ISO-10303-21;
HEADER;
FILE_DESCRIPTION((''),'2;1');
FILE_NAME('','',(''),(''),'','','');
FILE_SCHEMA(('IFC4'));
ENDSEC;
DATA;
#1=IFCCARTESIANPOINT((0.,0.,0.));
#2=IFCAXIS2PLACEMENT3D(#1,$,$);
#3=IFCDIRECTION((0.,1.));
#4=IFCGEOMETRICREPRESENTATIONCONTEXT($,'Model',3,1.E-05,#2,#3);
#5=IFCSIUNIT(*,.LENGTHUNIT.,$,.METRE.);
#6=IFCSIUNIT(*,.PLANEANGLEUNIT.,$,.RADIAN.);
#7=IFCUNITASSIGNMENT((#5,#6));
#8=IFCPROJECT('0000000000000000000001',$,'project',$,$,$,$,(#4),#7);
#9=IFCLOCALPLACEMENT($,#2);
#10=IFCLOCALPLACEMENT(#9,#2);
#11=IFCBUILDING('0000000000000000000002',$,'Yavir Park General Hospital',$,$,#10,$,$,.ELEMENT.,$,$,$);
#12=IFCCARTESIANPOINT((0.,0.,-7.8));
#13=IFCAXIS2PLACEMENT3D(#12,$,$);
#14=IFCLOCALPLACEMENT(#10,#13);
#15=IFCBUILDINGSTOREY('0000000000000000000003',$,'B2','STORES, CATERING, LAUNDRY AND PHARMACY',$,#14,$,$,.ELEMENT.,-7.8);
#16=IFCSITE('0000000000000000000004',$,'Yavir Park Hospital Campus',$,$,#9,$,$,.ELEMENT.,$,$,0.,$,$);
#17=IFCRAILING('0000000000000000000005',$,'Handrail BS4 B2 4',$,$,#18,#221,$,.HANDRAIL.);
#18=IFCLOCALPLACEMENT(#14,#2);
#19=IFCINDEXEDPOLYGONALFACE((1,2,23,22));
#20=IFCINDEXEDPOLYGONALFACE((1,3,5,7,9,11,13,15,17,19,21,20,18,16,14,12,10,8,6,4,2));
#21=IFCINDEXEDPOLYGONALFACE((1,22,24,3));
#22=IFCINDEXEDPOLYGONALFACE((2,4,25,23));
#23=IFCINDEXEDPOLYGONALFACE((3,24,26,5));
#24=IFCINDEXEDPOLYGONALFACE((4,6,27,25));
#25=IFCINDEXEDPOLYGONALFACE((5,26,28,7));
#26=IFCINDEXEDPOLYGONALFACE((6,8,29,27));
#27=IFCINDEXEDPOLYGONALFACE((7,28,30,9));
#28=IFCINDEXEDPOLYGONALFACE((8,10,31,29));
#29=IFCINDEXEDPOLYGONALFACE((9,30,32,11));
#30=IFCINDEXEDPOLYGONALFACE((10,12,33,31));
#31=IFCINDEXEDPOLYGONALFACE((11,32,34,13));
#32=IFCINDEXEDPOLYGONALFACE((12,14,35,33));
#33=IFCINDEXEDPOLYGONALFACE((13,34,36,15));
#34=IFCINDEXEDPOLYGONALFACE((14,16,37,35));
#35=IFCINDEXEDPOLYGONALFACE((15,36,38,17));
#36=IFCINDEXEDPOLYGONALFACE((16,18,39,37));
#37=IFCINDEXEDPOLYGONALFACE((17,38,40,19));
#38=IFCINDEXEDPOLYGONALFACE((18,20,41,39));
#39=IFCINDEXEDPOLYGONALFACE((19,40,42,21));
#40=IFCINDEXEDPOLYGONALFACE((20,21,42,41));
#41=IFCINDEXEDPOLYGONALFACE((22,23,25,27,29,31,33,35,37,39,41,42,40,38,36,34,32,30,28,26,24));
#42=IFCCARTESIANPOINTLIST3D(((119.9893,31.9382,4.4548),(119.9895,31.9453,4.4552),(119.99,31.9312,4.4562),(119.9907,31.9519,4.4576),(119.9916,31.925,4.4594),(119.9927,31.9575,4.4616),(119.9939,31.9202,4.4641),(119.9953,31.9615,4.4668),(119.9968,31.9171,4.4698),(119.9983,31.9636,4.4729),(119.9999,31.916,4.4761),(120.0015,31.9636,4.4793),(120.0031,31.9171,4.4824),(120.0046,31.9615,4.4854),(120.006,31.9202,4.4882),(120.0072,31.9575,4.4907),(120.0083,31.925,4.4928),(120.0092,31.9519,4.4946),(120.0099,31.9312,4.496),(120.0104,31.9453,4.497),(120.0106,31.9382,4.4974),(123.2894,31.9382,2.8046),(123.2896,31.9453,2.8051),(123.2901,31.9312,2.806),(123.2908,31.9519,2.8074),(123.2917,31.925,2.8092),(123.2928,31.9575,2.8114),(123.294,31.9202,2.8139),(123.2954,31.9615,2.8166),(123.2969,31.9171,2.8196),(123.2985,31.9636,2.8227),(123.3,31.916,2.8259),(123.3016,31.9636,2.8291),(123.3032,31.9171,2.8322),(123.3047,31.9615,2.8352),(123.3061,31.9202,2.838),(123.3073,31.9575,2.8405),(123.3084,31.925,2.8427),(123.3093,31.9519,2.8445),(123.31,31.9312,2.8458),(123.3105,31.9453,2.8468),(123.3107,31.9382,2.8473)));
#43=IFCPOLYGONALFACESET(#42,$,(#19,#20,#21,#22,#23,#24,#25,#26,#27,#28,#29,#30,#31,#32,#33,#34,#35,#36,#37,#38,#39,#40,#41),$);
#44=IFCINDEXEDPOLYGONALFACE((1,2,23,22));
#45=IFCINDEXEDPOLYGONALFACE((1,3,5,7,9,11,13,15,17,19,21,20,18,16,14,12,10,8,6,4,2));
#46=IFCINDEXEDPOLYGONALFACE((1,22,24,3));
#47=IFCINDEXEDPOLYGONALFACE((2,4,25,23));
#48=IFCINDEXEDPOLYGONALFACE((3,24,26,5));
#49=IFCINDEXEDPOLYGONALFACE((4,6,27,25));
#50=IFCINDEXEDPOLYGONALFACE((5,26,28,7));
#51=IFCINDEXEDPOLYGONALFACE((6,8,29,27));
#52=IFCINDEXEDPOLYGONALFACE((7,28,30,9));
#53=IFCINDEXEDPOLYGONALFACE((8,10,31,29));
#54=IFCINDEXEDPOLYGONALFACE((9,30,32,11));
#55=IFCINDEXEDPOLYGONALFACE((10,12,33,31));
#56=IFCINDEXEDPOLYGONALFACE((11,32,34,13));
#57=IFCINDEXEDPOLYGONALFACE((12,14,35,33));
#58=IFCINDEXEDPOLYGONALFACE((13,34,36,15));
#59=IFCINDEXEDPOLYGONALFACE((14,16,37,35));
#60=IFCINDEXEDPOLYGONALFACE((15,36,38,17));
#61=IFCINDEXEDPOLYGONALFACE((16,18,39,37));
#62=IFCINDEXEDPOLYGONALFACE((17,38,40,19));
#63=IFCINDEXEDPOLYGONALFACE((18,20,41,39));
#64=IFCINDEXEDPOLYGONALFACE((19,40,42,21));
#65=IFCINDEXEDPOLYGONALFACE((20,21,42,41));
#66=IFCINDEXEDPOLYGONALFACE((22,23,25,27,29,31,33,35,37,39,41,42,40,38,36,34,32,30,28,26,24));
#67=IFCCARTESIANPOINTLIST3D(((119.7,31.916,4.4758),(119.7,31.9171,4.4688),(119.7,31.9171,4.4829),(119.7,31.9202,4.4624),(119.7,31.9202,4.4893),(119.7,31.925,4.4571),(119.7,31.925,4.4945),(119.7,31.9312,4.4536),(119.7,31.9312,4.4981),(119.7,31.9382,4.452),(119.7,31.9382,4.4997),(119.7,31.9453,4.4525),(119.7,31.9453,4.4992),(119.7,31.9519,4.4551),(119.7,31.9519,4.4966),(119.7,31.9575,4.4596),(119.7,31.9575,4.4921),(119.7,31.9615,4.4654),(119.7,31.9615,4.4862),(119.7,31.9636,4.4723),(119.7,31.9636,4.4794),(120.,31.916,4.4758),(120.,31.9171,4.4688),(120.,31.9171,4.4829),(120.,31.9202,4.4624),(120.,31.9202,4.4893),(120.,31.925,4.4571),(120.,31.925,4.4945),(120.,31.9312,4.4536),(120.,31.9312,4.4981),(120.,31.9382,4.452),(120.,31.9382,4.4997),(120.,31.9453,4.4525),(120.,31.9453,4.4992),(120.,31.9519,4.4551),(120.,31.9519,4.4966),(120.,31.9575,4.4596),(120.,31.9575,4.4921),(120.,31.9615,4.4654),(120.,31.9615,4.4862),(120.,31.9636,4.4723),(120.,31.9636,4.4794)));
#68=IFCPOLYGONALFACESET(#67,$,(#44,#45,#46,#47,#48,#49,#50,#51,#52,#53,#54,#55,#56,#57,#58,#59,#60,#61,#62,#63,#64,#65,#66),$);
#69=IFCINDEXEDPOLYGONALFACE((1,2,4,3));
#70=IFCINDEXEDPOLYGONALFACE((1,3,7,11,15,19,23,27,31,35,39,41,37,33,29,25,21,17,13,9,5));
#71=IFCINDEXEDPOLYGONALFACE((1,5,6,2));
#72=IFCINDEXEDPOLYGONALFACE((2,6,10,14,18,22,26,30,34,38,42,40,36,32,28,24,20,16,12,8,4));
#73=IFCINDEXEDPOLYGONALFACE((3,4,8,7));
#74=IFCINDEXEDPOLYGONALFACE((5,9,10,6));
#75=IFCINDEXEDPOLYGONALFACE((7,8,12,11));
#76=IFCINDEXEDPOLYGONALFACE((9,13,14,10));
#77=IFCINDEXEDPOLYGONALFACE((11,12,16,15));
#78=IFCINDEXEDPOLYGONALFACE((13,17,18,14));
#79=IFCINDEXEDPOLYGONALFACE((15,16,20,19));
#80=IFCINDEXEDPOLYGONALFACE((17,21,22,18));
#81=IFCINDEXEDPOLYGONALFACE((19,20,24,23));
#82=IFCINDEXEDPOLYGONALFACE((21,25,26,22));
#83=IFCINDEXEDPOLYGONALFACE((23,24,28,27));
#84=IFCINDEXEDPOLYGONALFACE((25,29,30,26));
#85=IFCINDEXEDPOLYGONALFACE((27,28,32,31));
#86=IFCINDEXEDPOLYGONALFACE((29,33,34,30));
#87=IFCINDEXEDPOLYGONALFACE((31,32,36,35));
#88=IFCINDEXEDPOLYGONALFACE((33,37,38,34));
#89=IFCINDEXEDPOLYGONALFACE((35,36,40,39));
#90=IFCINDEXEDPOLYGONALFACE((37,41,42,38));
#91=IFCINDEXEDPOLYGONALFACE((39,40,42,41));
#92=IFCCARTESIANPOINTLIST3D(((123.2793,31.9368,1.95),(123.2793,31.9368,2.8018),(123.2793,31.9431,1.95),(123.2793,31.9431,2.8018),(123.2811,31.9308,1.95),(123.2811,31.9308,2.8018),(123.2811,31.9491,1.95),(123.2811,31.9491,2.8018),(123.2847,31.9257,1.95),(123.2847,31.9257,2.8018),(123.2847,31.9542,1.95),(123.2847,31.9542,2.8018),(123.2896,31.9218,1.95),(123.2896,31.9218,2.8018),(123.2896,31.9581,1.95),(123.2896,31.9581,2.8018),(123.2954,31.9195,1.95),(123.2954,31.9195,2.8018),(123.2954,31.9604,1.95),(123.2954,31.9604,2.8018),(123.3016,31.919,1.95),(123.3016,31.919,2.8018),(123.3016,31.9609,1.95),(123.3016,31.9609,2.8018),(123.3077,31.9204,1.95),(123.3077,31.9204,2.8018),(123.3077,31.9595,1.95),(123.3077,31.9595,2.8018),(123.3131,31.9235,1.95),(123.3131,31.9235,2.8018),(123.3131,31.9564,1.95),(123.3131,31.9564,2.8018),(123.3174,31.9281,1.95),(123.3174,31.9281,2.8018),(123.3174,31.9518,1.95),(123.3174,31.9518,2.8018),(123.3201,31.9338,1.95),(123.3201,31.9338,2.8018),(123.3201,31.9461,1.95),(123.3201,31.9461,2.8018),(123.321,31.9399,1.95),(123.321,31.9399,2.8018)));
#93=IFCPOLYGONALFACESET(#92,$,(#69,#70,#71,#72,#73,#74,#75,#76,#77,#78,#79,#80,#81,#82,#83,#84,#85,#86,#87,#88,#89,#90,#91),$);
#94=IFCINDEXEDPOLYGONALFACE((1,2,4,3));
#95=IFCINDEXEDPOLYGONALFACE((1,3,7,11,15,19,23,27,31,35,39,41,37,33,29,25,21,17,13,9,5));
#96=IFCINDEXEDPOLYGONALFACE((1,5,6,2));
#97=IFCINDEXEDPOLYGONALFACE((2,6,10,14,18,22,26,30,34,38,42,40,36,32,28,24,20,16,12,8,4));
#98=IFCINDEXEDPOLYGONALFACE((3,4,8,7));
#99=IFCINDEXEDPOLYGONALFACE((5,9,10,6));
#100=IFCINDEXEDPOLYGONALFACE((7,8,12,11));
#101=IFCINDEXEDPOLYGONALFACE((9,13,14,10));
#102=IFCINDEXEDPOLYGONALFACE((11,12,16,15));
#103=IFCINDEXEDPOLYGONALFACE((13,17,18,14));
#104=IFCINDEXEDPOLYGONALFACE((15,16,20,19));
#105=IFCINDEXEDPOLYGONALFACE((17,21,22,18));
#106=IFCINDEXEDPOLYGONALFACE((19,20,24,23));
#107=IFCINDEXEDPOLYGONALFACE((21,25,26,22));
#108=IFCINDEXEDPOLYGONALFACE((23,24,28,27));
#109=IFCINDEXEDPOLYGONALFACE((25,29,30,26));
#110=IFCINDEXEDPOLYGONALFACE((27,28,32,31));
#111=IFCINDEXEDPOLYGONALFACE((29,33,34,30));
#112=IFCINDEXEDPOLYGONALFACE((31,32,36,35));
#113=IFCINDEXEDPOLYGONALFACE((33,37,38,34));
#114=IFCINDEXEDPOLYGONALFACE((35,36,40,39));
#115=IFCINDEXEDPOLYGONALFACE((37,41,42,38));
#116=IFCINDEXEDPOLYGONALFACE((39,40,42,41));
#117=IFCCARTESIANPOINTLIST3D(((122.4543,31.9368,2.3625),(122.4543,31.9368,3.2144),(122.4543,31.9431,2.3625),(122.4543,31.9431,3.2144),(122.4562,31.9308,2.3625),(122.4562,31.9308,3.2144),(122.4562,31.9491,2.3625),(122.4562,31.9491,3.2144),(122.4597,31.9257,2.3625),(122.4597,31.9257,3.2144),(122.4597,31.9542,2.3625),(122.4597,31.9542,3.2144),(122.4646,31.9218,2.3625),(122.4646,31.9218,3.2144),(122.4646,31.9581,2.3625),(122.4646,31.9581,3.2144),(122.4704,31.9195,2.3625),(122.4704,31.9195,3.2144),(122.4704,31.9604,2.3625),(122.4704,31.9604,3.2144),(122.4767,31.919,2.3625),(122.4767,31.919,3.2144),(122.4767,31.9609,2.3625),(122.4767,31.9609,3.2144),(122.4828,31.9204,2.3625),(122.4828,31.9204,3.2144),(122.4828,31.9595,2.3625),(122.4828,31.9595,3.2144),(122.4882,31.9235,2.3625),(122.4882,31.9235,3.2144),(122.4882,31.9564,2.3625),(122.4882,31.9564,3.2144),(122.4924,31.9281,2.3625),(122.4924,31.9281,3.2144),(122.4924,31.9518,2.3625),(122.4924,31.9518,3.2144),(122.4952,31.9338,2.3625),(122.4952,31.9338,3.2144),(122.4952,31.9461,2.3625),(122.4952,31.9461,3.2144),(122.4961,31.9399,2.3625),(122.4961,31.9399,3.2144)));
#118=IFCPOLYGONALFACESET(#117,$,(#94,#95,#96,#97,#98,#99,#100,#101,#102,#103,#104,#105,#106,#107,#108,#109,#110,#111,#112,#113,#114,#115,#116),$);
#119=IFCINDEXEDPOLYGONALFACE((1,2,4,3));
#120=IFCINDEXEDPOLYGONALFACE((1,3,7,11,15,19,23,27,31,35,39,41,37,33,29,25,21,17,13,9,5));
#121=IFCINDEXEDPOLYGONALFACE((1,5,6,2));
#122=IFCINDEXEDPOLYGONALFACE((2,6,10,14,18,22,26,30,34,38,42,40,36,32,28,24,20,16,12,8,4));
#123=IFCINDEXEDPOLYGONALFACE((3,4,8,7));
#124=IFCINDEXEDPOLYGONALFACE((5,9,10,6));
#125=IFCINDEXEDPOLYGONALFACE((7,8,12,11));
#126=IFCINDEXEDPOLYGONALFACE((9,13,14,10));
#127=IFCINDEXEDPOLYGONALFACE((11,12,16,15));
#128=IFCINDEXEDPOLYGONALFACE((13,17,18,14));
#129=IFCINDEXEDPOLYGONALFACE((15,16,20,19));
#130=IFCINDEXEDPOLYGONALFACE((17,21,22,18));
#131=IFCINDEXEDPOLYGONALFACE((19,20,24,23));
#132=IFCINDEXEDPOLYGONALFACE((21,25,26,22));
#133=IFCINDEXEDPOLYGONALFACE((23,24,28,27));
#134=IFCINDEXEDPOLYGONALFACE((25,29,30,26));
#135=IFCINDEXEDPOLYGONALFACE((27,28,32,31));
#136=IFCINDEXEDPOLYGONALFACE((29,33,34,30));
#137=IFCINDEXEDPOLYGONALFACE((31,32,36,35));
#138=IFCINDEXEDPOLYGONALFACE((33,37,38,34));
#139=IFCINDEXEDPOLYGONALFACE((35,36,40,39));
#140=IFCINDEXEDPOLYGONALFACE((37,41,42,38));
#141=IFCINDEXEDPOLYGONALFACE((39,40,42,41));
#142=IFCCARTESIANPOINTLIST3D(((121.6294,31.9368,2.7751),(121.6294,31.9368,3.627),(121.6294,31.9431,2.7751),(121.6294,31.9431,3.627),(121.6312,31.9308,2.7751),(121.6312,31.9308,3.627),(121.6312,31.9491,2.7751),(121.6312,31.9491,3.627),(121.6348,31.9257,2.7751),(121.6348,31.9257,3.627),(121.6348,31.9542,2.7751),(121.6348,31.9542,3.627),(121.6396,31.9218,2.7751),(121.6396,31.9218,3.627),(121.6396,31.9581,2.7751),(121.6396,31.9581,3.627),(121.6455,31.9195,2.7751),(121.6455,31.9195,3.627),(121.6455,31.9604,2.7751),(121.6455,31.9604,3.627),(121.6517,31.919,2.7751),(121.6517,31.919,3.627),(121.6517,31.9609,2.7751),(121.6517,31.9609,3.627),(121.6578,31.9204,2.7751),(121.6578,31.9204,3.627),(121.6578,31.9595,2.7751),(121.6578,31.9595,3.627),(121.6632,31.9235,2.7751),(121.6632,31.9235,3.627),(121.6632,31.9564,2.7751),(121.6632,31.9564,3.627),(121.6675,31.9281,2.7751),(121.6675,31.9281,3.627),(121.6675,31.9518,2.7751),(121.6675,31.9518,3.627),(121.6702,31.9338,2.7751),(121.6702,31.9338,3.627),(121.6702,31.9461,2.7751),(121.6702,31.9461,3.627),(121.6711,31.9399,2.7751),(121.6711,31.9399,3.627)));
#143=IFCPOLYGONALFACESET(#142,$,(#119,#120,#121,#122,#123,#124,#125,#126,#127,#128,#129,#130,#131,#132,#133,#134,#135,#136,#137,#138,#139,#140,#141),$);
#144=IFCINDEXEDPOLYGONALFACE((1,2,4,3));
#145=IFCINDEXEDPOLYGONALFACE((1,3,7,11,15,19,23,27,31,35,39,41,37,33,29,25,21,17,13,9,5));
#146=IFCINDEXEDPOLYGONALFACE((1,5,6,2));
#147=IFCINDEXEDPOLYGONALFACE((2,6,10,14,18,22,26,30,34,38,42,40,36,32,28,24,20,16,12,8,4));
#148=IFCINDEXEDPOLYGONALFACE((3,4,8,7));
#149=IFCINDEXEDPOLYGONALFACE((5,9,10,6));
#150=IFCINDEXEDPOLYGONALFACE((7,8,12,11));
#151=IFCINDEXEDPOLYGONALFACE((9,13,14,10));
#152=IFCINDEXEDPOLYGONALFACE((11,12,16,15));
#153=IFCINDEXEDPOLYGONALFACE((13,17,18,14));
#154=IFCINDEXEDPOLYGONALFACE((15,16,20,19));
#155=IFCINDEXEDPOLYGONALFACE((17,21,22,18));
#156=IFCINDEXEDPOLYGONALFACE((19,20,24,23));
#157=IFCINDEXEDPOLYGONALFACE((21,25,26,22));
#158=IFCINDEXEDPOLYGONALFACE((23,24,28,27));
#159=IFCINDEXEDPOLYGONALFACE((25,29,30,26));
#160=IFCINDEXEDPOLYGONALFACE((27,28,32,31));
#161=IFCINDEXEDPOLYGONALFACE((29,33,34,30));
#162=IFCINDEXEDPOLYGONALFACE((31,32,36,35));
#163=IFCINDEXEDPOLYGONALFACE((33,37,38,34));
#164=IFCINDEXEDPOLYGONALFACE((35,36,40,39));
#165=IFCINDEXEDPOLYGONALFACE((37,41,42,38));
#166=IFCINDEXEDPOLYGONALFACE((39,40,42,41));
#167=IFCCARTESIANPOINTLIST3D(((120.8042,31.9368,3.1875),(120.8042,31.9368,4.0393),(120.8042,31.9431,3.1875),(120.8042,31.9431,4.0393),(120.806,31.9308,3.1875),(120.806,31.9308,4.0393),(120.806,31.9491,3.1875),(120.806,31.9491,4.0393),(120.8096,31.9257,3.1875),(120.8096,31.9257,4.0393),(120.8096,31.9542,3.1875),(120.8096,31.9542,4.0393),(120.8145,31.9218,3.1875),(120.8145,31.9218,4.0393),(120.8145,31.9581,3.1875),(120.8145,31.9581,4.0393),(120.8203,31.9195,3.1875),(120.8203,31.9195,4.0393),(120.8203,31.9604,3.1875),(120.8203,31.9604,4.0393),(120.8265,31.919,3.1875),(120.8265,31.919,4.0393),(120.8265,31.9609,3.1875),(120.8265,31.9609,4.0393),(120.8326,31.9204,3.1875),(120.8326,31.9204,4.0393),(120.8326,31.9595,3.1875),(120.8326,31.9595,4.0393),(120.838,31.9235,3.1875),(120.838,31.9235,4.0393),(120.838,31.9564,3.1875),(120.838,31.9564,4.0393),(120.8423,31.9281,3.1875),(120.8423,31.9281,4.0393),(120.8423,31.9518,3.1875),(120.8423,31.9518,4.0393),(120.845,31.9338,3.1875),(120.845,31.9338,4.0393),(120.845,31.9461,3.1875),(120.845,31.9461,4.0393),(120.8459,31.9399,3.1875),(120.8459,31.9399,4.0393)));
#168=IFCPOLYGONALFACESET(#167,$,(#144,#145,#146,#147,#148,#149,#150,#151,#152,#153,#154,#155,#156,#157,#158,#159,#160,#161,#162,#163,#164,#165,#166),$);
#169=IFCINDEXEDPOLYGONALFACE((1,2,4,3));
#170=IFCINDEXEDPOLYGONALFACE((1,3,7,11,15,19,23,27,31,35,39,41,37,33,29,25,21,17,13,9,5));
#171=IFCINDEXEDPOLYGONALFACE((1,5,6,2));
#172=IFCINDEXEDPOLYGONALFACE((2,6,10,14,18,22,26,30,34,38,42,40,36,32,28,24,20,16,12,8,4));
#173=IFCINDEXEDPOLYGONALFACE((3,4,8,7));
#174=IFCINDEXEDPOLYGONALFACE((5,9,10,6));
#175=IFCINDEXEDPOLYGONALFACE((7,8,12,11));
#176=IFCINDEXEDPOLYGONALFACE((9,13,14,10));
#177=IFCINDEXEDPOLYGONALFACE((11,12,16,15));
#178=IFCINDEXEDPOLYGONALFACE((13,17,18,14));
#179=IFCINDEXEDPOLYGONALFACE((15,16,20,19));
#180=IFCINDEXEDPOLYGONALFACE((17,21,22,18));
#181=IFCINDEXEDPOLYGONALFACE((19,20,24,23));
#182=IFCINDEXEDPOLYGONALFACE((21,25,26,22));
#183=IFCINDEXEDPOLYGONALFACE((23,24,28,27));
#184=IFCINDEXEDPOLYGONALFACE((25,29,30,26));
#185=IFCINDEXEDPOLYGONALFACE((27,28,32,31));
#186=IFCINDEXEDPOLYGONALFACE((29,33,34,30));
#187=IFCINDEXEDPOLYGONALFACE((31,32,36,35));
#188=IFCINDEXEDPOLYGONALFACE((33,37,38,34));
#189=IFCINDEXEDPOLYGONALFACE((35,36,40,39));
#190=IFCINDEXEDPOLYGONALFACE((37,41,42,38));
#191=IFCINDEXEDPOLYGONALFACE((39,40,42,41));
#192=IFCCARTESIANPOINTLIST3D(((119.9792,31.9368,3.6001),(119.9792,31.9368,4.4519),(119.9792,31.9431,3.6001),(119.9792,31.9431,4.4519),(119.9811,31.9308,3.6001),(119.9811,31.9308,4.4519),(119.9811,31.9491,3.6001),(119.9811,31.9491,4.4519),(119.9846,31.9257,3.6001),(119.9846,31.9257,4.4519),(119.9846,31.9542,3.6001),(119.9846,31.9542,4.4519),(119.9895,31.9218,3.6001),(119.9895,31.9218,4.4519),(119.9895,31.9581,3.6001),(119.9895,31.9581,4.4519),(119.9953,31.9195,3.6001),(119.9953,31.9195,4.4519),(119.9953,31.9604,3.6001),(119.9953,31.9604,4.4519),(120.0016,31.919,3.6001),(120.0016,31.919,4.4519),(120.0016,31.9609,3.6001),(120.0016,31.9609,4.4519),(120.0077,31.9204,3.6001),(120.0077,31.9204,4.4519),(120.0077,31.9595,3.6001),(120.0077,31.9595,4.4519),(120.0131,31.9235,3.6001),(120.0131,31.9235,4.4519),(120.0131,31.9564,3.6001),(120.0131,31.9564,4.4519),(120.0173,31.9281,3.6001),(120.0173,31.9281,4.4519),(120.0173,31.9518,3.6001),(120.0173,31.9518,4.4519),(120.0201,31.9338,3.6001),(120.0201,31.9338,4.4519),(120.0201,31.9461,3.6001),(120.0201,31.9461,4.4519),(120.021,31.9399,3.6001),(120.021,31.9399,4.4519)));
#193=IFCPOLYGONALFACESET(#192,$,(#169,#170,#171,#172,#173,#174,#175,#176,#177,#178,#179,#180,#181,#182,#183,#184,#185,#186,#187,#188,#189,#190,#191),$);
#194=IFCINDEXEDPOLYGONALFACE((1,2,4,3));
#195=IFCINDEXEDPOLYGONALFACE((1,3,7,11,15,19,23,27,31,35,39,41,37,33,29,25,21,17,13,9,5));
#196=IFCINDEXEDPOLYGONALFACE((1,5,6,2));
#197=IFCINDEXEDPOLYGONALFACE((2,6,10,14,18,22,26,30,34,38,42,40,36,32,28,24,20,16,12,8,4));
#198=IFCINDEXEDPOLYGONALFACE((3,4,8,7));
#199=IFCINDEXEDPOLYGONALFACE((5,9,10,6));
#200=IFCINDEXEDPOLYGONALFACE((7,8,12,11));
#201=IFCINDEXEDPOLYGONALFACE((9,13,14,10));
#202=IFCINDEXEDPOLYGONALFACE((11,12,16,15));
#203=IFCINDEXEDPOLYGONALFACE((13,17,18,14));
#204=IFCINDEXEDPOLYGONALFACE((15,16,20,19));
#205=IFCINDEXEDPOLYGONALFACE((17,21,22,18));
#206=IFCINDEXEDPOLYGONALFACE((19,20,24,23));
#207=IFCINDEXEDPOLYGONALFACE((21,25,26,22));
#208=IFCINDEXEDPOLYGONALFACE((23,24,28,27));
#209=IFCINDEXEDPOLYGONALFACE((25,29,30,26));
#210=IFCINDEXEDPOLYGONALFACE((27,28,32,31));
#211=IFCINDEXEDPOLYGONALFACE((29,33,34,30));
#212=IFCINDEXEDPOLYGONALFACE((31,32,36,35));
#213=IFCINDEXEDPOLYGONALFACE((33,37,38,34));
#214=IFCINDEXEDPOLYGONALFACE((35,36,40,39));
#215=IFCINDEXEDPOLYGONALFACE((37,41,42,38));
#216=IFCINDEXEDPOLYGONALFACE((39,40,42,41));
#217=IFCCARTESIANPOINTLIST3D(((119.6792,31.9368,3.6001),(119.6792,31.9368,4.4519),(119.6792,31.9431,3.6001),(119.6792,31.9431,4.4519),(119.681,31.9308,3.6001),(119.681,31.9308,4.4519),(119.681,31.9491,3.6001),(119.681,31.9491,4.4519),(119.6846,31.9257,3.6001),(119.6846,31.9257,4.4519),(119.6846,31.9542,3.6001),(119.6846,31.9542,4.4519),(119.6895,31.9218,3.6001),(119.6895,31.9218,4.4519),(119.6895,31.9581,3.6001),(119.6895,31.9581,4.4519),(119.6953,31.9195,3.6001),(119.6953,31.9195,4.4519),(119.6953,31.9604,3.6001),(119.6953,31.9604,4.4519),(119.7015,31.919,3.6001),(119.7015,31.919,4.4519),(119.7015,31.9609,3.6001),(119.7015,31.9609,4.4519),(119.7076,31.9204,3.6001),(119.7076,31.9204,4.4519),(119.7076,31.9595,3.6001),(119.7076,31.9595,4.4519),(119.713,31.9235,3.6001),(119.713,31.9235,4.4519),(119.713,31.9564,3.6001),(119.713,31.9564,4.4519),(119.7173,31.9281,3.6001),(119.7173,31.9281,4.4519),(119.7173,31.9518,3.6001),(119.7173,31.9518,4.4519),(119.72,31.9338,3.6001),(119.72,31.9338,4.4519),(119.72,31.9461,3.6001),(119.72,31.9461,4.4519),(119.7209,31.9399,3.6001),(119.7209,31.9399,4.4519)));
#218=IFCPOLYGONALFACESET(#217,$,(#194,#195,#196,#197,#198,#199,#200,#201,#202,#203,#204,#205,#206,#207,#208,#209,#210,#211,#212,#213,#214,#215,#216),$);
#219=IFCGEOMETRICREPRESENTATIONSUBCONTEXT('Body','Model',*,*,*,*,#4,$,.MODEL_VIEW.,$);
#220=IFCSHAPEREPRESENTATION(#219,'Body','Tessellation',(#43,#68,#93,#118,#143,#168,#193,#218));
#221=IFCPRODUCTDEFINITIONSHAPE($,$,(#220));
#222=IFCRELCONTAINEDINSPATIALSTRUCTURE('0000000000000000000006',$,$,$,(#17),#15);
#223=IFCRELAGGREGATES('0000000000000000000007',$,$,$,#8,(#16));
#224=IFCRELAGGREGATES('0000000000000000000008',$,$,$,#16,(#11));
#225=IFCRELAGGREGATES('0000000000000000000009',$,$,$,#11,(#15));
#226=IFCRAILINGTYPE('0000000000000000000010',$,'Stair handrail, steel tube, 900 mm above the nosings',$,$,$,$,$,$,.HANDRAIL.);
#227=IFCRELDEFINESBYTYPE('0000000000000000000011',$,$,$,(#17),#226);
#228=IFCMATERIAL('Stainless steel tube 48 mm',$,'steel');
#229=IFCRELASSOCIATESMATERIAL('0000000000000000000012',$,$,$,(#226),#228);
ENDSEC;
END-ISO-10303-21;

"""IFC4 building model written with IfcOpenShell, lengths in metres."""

from ifc_helpers import new_model, si_unit, direction, frame, origin, origin_2d, place, context, subcontext, project, spatial, circle, extrude, material, type_object, element, save


model = new_model("IFC4")

# Units and contexts
model_context = context("Model", 3, precision=1e-05, world=origin(), true_north=direction((0.0, 1.0)))
body_context = subcontext(model_context, "Body", "Model", "MODEL_VIEW")
ifc_project = project(units=[si_unit("LENGTHUNIT", "METRE"), si_unit("PLANEANGLEUNIT", "RADIAN")], contexts=[model_context])

# Site, building, storey
site_placement = place(None, origin())
site = spatial("IfcSite", under=ifc_project, at=site_placement, Name="Yavir Park Hospital Campus", CompositionType="ELEMENT", RefElevation=0.0)
building_placement = place(site_placement, origin())
building = spatial("IfcBuilding", under=site, at=building_placement, Name="Yavir Park General Hospital", CompositionType="ELEMENT")
storey_placement = place(building_placement, frame((0.0, 0.0, -7.8)))
storey = spatial("IfcBuildingStorey", under=building, at=storey_placement, Name="B2", Description="STORES, CATERING, LAUNDRY AND PHARMACY", CompositionType="ELEMENT", Elevation=-7.8)

# Railing
ifc_material_1 = material(Name="Stainless steel tube 48 mm", Category="steel")
railing_type = type_object("IfcRailingType", Name="Stair handrail, steel tube, 900 mm above the nosings", PredefinedType="HANDRAIL", material=ifc_material_1)
railing_placement = place(storey_placement, frame((123.3, 31.9399, 1.95)))
element("IfcRailing", 1, at=railing_placement, inside=storey, type_object=railing_type, Name="Handrail BS4 B2 4", PredefinedType="HANDRAIL", context=body_context, shape_type="SweptSolid", body=[
    extrude(circle(Radius=0.0239, at=origin_2d()), frame((0.0, 0.0, 0.876), z_axis=(-0.894414, 0.0, 0.44724), x_axis=(0.0, -1.0, 0.0)), (0.0, 0.0, 1.0), 3.6897),
    extrude(circle(Radius=0.0239, at=origin_2d()), frame((-3.3, 0.0, 2.5259), z_axis=(-1.0, 0.0, 0.0), x_axis=(0.0, -1.0, 0.0)), (0.0, 0.0, 1.0), 0.3),
    extrude(circle(Radius=0.021, at=origin_2d()), origin(), (0.0, 0.0, 1.0), 0.8518),
    extrude(circle(Radius=0.021, at=origin_2d()), frame((-0.825, 0.0, 0.4126)), (0.0, 0.0, 1.0), 0.8518),
    extrude(circle(Radius=0.021, at=origin_2d()), frame((-1.6499, 0.0, 0.8252)), (0.0, 0.0, 1.0), 0.8518),
    extrude(circle(Radius=0.021, at=origin_2d()), frame((-2.4751, 0.0, 1.2375)), (0.0, 0.0, 1.0), 0.8518),
    extrude(circle(Radius=0.021, at=origin_2d()), frame((-3.3, 0.0, 1.6501)), (0.0, 0.0, 1.0), 0.8518),
    extrude(circle(Radius=0.021, at=origin_2d()), frame((-3.6001, 0.0, 1.6501)), (0.0, 0.0, 1.0), 0.8518),
])

save(model, "model.ifc")
